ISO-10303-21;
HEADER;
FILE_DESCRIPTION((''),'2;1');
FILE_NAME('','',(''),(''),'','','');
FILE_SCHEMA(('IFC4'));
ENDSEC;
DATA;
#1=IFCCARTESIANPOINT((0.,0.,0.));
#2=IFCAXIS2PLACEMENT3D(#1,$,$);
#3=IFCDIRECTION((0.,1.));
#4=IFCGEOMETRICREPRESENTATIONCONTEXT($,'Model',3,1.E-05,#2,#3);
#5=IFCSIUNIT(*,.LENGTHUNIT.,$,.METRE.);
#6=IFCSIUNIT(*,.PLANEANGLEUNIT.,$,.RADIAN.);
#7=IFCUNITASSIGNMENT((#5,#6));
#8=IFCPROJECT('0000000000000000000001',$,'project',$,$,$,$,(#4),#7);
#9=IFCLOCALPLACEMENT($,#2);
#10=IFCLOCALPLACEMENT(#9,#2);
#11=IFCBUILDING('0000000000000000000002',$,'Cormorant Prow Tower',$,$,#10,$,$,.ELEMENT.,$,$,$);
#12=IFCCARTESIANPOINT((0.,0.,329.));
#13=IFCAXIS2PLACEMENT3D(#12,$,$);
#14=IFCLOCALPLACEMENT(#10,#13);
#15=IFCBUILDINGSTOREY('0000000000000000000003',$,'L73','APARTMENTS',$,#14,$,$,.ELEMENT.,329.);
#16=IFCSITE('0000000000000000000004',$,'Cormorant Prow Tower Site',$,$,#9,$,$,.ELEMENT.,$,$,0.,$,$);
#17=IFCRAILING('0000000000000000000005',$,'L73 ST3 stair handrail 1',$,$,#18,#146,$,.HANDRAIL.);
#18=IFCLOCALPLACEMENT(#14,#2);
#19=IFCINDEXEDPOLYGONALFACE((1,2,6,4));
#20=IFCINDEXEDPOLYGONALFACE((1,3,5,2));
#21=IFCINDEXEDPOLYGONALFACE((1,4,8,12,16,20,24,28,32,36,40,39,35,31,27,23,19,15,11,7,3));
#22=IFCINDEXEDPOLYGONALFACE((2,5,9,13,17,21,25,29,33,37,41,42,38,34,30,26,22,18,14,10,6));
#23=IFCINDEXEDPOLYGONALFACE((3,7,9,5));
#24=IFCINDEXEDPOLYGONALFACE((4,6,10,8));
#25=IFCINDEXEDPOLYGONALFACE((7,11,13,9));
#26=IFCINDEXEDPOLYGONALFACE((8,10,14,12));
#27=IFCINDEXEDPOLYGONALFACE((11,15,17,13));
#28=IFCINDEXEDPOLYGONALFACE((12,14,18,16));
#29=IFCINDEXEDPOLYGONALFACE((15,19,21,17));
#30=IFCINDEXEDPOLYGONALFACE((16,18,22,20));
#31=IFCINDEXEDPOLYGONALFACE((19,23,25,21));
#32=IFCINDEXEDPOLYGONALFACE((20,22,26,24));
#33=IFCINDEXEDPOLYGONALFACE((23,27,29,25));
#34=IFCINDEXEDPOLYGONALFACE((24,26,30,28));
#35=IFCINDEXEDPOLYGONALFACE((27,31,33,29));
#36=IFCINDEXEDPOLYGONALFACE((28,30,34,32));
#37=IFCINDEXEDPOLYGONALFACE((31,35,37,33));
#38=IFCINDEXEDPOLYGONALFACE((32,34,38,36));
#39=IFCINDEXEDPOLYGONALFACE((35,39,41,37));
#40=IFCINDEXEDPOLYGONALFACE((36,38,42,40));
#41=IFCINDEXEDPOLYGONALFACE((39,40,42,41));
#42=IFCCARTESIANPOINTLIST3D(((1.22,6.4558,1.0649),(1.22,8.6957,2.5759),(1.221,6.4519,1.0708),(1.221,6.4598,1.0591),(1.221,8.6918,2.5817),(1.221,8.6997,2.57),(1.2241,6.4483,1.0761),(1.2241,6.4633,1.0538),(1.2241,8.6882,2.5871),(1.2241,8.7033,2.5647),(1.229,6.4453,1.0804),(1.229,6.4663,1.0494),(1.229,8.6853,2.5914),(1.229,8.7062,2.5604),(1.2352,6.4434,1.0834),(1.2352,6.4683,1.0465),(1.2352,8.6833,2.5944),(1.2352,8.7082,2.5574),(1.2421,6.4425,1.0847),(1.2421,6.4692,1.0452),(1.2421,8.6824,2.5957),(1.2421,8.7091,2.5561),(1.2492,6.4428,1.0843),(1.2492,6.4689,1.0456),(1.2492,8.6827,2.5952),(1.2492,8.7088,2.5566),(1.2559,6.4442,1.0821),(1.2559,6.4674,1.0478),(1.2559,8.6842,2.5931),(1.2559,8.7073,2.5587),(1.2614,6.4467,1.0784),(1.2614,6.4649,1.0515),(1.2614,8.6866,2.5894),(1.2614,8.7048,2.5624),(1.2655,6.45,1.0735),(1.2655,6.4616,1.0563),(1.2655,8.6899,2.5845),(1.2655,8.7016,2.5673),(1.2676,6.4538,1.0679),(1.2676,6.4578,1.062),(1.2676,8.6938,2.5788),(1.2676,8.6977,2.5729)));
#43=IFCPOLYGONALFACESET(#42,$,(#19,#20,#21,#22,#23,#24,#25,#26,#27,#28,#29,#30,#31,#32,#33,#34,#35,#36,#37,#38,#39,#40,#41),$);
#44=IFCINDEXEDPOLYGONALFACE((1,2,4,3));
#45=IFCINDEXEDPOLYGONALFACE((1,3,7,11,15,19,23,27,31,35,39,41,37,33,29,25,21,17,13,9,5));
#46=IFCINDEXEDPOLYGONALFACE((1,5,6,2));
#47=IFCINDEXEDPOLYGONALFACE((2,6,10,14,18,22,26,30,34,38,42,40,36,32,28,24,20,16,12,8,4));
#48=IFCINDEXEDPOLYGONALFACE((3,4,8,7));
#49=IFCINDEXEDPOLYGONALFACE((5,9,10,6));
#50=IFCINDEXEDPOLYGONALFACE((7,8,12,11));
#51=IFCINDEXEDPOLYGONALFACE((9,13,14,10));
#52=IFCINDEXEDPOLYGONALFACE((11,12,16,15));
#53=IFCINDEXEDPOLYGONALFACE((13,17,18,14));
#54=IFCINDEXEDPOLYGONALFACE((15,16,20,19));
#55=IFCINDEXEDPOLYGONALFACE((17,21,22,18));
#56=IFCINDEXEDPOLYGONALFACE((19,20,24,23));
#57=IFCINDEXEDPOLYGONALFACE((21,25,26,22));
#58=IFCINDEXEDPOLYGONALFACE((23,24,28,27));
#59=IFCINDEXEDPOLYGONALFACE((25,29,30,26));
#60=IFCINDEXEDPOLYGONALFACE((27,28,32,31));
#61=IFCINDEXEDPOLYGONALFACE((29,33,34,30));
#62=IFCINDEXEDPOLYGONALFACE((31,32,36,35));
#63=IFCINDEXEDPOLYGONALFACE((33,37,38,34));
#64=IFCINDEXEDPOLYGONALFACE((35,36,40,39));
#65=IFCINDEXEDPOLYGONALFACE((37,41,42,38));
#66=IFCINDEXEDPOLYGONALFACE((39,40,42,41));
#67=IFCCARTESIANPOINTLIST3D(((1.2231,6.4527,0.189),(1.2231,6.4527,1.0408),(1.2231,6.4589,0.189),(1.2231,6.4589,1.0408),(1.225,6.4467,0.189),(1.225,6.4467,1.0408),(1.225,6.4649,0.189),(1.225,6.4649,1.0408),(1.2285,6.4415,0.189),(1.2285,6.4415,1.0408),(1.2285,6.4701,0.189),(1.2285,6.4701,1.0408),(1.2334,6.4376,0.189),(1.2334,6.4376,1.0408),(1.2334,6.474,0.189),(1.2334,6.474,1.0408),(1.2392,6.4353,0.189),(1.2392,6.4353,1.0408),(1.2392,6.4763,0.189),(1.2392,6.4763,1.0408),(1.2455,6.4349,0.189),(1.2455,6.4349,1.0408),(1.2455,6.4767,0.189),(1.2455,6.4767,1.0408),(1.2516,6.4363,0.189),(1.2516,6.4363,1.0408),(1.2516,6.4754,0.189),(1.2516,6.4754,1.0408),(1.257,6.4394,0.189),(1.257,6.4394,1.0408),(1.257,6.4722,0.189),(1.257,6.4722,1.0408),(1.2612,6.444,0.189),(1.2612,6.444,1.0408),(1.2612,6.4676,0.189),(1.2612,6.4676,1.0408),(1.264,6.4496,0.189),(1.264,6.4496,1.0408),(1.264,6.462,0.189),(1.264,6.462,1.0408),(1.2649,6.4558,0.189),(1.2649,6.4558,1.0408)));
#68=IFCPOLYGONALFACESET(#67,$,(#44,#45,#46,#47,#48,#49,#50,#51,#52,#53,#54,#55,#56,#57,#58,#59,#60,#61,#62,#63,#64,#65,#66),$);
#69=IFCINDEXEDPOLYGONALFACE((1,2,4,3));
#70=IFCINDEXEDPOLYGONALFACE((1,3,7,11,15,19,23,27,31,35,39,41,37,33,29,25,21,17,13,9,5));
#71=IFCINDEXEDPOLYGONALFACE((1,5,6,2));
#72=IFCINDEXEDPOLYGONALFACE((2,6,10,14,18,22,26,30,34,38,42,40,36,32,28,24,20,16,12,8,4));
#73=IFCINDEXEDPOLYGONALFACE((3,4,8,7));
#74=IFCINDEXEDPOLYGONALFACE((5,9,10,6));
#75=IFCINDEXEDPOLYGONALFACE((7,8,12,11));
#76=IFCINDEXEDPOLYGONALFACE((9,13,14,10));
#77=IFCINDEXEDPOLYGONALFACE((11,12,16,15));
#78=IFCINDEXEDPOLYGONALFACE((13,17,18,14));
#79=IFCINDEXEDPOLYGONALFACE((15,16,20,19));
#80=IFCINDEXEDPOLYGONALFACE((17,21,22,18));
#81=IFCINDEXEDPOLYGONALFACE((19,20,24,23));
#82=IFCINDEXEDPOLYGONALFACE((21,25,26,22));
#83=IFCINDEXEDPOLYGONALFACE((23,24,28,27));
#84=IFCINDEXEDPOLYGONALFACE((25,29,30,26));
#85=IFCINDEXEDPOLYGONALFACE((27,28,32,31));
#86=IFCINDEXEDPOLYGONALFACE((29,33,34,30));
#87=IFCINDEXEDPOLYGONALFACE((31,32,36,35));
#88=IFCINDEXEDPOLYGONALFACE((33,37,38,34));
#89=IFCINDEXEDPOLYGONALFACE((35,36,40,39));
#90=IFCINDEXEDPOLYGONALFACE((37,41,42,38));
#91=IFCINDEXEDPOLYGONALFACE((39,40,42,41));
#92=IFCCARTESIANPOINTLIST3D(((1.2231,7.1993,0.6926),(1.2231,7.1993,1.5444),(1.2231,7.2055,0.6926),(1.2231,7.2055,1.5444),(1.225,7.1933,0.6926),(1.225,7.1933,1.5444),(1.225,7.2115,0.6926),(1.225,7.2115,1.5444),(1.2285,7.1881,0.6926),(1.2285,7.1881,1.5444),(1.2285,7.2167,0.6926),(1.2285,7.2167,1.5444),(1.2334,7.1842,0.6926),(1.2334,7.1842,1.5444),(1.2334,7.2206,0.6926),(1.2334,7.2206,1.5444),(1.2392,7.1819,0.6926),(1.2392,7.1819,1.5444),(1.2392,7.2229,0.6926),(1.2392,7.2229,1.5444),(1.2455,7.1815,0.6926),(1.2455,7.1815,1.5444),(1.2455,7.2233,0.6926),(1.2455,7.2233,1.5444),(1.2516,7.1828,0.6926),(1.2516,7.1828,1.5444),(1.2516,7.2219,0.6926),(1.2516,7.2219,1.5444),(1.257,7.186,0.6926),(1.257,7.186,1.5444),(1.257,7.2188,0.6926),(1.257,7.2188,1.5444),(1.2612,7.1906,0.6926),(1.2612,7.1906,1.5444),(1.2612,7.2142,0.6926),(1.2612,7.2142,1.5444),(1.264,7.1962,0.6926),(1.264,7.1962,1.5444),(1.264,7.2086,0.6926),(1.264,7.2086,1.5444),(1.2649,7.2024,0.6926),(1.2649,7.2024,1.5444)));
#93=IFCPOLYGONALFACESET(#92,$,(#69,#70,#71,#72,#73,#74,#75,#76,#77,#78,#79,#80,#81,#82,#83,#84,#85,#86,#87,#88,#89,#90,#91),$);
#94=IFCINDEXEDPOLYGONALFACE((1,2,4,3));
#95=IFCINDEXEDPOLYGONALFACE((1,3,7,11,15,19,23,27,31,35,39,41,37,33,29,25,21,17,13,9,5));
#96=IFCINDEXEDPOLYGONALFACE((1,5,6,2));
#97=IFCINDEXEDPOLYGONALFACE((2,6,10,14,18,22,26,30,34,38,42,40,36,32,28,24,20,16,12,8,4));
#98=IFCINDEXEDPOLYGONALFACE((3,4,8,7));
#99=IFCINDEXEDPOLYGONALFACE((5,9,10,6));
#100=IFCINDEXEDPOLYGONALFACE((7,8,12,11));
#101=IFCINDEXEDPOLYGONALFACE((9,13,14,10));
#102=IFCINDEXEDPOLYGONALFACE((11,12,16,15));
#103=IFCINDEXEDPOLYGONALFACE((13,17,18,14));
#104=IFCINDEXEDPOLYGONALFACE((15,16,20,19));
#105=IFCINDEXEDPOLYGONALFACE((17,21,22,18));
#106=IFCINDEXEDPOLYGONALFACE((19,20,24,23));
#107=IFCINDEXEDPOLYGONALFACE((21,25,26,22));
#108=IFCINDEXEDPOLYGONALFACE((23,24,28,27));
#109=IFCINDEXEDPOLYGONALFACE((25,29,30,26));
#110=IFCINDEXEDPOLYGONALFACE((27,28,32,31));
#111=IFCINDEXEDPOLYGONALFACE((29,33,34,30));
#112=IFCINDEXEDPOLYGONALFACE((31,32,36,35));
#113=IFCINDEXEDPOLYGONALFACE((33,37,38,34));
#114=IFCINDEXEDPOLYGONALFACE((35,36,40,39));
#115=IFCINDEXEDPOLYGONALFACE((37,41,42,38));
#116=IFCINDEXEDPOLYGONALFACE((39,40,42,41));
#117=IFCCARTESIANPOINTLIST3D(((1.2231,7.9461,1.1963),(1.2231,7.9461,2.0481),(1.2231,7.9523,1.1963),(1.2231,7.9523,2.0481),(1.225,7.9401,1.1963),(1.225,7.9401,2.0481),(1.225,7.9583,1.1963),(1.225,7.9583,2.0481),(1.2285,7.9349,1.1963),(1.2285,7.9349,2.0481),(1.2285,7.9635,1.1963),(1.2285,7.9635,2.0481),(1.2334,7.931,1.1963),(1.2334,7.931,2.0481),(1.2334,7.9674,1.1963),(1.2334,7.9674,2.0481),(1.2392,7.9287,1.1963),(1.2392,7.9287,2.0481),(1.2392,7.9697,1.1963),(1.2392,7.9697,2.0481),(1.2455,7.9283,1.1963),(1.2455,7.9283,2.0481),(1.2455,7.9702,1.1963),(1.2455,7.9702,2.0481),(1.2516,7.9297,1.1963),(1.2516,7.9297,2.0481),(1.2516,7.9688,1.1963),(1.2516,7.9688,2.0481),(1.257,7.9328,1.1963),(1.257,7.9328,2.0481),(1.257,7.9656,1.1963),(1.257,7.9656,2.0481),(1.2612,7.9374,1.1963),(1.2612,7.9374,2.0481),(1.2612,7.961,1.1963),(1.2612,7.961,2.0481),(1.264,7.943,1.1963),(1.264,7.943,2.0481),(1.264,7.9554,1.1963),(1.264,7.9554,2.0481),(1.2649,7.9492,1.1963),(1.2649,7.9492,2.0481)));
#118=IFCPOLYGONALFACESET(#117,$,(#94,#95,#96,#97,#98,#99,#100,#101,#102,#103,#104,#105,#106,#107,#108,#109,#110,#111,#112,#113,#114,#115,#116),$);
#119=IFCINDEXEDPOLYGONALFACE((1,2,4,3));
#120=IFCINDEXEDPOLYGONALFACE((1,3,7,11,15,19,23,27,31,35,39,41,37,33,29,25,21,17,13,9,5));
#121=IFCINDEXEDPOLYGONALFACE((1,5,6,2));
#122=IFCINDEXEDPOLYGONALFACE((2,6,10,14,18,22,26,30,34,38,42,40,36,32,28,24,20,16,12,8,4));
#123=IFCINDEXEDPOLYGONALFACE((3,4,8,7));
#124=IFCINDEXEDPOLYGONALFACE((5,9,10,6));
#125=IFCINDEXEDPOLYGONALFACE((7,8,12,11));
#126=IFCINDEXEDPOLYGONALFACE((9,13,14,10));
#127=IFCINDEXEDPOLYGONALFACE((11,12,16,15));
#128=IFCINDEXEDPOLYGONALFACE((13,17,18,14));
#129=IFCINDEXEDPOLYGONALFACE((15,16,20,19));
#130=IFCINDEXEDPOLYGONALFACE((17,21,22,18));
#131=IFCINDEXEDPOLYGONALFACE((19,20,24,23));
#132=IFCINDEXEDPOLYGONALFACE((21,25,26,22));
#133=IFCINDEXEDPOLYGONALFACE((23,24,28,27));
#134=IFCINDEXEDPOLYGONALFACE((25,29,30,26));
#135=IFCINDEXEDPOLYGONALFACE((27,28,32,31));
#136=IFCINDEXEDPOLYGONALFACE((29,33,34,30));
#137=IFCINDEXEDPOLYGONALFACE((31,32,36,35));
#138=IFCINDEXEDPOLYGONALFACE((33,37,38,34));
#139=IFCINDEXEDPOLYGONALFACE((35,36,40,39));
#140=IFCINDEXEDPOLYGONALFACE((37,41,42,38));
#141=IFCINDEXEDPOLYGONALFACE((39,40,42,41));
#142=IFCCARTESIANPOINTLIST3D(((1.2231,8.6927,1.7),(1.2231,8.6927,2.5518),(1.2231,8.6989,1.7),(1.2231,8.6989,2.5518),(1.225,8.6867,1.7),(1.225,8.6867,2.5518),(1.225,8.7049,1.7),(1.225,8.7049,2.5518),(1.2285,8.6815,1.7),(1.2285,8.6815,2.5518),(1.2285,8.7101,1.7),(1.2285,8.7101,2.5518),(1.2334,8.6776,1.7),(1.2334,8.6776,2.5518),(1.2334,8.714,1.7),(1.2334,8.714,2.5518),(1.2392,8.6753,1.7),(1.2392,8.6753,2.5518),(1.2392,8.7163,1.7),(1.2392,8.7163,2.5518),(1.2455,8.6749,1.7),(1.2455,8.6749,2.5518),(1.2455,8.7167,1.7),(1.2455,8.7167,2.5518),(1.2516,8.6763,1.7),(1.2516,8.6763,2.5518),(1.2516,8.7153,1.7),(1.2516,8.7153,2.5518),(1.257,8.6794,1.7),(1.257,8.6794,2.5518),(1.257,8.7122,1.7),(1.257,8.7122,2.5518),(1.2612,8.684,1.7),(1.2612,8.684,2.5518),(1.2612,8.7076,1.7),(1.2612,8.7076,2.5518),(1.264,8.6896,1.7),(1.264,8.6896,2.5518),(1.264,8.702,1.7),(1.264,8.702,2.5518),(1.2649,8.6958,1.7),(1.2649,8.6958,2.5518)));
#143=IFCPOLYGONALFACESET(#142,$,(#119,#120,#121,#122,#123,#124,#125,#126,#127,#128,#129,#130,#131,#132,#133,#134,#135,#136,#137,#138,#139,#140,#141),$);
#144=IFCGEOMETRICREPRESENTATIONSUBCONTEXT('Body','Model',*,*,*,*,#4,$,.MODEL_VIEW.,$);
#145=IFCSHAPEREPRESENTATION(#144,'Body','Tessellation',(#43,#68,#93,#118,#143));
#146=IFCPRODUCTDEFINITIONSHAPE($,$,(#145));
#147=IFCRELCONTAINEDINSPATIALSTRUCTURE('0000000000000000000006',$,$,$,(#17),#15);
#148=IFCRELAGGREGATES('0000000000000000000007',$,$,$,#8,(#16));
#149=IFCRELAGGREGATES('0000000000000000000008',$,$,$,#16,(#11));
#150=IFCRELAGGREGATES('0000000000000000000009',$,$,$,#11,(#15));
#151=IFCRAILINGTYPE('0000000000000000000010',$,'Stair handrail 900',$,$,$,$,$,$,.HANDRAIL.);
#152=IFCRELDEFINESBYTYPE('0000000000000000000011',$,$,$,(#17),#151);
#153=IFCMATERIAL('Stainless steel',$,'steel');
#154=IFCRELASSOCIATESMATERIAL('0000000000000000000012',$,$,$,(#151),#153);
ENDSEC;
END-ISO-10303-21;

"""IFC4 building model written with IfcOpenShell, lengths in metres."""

from ifc_helpers import new_model, si_unit, direction, frame, origin, origin_2d, place, context, subcontext, project, spatial, circle, extrude, material, type_object, element, save


model = new_model("IFC4")

# Units and contexts
model_context = context("Model", 3, precision=1e-05, world=origin(), true_north=direction((0.0, 1.0)))
body_context = subcontext(model_context, "Body", "Model", "MODEL_VIEW")
ifc_project = project(units=[si_unit("LENGTHUNIT", "METRE"), si_unit("PLANEANGLEUNIT", "RADIAN")], contexts=[model_context])

# Site, building, storey
site_placement = place(None, origin())
site = spatial("IfcSite", under=ifc_project, at=site_placement, Name="Cormorant Prow Tower Site", CompositionType="ELEMENT", RefElevation=0.0)
building_placement = place(site_placement, origin())
building = spatial("IfcBuilding", under=site, at=building_placement, Name="Cormorant Prow Tower", CompositionType="ELEMENT")
storey_placement = place(building_placement, frame((0.0, 0.0, 329.0)))
storey = spatial("IfcBuildingStorey", under=building, at=storey_placement, Name="L73", Description="APARTMENTS", CompositionType="ELEMENT", Elevation=329.0)

# Railing
ifc_material_1 = material(Name="Stainless steel", Category="steel")
railing_type_1 = type_object("IfcRailingType", Name="Stair handrail 900", PredefinedType="HANDRAIL", material=ifc_material_1)
railing_1_placement = place(storey_placement, frame((1.2439, 6.4558, 0.189)))
element("IfcRailing", 1, at=railing_1_placement, inside=storey, type_object=railing_type_1, Name="L73 ST3 stair handrail 1", PredefinedType="HANDRAIL", context=body_context, shape_type="SweptSolid", body=[
    extrude(circle(Radius=0.0239, at=origin_2d()), frame((0.0, 0.0, 0.876), z_axis=(0.0, 0.829021, 0.559217), x_axis=(-1.0, 0.0, 0.0)), (0.0, 0.0, 1.0), 2.7019),
    extrude(circle(Radius=0.021, at=origin_2d()), origin(), (0.0, 0.0, 1.0), 0.8518),
    extrude(circle(Radius=0.021, at=origin_2d()), frame((0.0, 0.7466, 0.5037)), (0.0, 0.0, 1.0), 0.8518),
    extrude(circle(Radius=0.021, at=origin_2d()), frame((0.0, 1.4934, 1.0073)), (0.0, 0.0, 1.0), 0.8518),
    extrude(circle(Radius=0.021, at=origin_2d()), frame((0.0, 2.24, 1.511)), (0.0, 0.0, 1.0), 0.8518),
])

save(model, "model.ifc")
